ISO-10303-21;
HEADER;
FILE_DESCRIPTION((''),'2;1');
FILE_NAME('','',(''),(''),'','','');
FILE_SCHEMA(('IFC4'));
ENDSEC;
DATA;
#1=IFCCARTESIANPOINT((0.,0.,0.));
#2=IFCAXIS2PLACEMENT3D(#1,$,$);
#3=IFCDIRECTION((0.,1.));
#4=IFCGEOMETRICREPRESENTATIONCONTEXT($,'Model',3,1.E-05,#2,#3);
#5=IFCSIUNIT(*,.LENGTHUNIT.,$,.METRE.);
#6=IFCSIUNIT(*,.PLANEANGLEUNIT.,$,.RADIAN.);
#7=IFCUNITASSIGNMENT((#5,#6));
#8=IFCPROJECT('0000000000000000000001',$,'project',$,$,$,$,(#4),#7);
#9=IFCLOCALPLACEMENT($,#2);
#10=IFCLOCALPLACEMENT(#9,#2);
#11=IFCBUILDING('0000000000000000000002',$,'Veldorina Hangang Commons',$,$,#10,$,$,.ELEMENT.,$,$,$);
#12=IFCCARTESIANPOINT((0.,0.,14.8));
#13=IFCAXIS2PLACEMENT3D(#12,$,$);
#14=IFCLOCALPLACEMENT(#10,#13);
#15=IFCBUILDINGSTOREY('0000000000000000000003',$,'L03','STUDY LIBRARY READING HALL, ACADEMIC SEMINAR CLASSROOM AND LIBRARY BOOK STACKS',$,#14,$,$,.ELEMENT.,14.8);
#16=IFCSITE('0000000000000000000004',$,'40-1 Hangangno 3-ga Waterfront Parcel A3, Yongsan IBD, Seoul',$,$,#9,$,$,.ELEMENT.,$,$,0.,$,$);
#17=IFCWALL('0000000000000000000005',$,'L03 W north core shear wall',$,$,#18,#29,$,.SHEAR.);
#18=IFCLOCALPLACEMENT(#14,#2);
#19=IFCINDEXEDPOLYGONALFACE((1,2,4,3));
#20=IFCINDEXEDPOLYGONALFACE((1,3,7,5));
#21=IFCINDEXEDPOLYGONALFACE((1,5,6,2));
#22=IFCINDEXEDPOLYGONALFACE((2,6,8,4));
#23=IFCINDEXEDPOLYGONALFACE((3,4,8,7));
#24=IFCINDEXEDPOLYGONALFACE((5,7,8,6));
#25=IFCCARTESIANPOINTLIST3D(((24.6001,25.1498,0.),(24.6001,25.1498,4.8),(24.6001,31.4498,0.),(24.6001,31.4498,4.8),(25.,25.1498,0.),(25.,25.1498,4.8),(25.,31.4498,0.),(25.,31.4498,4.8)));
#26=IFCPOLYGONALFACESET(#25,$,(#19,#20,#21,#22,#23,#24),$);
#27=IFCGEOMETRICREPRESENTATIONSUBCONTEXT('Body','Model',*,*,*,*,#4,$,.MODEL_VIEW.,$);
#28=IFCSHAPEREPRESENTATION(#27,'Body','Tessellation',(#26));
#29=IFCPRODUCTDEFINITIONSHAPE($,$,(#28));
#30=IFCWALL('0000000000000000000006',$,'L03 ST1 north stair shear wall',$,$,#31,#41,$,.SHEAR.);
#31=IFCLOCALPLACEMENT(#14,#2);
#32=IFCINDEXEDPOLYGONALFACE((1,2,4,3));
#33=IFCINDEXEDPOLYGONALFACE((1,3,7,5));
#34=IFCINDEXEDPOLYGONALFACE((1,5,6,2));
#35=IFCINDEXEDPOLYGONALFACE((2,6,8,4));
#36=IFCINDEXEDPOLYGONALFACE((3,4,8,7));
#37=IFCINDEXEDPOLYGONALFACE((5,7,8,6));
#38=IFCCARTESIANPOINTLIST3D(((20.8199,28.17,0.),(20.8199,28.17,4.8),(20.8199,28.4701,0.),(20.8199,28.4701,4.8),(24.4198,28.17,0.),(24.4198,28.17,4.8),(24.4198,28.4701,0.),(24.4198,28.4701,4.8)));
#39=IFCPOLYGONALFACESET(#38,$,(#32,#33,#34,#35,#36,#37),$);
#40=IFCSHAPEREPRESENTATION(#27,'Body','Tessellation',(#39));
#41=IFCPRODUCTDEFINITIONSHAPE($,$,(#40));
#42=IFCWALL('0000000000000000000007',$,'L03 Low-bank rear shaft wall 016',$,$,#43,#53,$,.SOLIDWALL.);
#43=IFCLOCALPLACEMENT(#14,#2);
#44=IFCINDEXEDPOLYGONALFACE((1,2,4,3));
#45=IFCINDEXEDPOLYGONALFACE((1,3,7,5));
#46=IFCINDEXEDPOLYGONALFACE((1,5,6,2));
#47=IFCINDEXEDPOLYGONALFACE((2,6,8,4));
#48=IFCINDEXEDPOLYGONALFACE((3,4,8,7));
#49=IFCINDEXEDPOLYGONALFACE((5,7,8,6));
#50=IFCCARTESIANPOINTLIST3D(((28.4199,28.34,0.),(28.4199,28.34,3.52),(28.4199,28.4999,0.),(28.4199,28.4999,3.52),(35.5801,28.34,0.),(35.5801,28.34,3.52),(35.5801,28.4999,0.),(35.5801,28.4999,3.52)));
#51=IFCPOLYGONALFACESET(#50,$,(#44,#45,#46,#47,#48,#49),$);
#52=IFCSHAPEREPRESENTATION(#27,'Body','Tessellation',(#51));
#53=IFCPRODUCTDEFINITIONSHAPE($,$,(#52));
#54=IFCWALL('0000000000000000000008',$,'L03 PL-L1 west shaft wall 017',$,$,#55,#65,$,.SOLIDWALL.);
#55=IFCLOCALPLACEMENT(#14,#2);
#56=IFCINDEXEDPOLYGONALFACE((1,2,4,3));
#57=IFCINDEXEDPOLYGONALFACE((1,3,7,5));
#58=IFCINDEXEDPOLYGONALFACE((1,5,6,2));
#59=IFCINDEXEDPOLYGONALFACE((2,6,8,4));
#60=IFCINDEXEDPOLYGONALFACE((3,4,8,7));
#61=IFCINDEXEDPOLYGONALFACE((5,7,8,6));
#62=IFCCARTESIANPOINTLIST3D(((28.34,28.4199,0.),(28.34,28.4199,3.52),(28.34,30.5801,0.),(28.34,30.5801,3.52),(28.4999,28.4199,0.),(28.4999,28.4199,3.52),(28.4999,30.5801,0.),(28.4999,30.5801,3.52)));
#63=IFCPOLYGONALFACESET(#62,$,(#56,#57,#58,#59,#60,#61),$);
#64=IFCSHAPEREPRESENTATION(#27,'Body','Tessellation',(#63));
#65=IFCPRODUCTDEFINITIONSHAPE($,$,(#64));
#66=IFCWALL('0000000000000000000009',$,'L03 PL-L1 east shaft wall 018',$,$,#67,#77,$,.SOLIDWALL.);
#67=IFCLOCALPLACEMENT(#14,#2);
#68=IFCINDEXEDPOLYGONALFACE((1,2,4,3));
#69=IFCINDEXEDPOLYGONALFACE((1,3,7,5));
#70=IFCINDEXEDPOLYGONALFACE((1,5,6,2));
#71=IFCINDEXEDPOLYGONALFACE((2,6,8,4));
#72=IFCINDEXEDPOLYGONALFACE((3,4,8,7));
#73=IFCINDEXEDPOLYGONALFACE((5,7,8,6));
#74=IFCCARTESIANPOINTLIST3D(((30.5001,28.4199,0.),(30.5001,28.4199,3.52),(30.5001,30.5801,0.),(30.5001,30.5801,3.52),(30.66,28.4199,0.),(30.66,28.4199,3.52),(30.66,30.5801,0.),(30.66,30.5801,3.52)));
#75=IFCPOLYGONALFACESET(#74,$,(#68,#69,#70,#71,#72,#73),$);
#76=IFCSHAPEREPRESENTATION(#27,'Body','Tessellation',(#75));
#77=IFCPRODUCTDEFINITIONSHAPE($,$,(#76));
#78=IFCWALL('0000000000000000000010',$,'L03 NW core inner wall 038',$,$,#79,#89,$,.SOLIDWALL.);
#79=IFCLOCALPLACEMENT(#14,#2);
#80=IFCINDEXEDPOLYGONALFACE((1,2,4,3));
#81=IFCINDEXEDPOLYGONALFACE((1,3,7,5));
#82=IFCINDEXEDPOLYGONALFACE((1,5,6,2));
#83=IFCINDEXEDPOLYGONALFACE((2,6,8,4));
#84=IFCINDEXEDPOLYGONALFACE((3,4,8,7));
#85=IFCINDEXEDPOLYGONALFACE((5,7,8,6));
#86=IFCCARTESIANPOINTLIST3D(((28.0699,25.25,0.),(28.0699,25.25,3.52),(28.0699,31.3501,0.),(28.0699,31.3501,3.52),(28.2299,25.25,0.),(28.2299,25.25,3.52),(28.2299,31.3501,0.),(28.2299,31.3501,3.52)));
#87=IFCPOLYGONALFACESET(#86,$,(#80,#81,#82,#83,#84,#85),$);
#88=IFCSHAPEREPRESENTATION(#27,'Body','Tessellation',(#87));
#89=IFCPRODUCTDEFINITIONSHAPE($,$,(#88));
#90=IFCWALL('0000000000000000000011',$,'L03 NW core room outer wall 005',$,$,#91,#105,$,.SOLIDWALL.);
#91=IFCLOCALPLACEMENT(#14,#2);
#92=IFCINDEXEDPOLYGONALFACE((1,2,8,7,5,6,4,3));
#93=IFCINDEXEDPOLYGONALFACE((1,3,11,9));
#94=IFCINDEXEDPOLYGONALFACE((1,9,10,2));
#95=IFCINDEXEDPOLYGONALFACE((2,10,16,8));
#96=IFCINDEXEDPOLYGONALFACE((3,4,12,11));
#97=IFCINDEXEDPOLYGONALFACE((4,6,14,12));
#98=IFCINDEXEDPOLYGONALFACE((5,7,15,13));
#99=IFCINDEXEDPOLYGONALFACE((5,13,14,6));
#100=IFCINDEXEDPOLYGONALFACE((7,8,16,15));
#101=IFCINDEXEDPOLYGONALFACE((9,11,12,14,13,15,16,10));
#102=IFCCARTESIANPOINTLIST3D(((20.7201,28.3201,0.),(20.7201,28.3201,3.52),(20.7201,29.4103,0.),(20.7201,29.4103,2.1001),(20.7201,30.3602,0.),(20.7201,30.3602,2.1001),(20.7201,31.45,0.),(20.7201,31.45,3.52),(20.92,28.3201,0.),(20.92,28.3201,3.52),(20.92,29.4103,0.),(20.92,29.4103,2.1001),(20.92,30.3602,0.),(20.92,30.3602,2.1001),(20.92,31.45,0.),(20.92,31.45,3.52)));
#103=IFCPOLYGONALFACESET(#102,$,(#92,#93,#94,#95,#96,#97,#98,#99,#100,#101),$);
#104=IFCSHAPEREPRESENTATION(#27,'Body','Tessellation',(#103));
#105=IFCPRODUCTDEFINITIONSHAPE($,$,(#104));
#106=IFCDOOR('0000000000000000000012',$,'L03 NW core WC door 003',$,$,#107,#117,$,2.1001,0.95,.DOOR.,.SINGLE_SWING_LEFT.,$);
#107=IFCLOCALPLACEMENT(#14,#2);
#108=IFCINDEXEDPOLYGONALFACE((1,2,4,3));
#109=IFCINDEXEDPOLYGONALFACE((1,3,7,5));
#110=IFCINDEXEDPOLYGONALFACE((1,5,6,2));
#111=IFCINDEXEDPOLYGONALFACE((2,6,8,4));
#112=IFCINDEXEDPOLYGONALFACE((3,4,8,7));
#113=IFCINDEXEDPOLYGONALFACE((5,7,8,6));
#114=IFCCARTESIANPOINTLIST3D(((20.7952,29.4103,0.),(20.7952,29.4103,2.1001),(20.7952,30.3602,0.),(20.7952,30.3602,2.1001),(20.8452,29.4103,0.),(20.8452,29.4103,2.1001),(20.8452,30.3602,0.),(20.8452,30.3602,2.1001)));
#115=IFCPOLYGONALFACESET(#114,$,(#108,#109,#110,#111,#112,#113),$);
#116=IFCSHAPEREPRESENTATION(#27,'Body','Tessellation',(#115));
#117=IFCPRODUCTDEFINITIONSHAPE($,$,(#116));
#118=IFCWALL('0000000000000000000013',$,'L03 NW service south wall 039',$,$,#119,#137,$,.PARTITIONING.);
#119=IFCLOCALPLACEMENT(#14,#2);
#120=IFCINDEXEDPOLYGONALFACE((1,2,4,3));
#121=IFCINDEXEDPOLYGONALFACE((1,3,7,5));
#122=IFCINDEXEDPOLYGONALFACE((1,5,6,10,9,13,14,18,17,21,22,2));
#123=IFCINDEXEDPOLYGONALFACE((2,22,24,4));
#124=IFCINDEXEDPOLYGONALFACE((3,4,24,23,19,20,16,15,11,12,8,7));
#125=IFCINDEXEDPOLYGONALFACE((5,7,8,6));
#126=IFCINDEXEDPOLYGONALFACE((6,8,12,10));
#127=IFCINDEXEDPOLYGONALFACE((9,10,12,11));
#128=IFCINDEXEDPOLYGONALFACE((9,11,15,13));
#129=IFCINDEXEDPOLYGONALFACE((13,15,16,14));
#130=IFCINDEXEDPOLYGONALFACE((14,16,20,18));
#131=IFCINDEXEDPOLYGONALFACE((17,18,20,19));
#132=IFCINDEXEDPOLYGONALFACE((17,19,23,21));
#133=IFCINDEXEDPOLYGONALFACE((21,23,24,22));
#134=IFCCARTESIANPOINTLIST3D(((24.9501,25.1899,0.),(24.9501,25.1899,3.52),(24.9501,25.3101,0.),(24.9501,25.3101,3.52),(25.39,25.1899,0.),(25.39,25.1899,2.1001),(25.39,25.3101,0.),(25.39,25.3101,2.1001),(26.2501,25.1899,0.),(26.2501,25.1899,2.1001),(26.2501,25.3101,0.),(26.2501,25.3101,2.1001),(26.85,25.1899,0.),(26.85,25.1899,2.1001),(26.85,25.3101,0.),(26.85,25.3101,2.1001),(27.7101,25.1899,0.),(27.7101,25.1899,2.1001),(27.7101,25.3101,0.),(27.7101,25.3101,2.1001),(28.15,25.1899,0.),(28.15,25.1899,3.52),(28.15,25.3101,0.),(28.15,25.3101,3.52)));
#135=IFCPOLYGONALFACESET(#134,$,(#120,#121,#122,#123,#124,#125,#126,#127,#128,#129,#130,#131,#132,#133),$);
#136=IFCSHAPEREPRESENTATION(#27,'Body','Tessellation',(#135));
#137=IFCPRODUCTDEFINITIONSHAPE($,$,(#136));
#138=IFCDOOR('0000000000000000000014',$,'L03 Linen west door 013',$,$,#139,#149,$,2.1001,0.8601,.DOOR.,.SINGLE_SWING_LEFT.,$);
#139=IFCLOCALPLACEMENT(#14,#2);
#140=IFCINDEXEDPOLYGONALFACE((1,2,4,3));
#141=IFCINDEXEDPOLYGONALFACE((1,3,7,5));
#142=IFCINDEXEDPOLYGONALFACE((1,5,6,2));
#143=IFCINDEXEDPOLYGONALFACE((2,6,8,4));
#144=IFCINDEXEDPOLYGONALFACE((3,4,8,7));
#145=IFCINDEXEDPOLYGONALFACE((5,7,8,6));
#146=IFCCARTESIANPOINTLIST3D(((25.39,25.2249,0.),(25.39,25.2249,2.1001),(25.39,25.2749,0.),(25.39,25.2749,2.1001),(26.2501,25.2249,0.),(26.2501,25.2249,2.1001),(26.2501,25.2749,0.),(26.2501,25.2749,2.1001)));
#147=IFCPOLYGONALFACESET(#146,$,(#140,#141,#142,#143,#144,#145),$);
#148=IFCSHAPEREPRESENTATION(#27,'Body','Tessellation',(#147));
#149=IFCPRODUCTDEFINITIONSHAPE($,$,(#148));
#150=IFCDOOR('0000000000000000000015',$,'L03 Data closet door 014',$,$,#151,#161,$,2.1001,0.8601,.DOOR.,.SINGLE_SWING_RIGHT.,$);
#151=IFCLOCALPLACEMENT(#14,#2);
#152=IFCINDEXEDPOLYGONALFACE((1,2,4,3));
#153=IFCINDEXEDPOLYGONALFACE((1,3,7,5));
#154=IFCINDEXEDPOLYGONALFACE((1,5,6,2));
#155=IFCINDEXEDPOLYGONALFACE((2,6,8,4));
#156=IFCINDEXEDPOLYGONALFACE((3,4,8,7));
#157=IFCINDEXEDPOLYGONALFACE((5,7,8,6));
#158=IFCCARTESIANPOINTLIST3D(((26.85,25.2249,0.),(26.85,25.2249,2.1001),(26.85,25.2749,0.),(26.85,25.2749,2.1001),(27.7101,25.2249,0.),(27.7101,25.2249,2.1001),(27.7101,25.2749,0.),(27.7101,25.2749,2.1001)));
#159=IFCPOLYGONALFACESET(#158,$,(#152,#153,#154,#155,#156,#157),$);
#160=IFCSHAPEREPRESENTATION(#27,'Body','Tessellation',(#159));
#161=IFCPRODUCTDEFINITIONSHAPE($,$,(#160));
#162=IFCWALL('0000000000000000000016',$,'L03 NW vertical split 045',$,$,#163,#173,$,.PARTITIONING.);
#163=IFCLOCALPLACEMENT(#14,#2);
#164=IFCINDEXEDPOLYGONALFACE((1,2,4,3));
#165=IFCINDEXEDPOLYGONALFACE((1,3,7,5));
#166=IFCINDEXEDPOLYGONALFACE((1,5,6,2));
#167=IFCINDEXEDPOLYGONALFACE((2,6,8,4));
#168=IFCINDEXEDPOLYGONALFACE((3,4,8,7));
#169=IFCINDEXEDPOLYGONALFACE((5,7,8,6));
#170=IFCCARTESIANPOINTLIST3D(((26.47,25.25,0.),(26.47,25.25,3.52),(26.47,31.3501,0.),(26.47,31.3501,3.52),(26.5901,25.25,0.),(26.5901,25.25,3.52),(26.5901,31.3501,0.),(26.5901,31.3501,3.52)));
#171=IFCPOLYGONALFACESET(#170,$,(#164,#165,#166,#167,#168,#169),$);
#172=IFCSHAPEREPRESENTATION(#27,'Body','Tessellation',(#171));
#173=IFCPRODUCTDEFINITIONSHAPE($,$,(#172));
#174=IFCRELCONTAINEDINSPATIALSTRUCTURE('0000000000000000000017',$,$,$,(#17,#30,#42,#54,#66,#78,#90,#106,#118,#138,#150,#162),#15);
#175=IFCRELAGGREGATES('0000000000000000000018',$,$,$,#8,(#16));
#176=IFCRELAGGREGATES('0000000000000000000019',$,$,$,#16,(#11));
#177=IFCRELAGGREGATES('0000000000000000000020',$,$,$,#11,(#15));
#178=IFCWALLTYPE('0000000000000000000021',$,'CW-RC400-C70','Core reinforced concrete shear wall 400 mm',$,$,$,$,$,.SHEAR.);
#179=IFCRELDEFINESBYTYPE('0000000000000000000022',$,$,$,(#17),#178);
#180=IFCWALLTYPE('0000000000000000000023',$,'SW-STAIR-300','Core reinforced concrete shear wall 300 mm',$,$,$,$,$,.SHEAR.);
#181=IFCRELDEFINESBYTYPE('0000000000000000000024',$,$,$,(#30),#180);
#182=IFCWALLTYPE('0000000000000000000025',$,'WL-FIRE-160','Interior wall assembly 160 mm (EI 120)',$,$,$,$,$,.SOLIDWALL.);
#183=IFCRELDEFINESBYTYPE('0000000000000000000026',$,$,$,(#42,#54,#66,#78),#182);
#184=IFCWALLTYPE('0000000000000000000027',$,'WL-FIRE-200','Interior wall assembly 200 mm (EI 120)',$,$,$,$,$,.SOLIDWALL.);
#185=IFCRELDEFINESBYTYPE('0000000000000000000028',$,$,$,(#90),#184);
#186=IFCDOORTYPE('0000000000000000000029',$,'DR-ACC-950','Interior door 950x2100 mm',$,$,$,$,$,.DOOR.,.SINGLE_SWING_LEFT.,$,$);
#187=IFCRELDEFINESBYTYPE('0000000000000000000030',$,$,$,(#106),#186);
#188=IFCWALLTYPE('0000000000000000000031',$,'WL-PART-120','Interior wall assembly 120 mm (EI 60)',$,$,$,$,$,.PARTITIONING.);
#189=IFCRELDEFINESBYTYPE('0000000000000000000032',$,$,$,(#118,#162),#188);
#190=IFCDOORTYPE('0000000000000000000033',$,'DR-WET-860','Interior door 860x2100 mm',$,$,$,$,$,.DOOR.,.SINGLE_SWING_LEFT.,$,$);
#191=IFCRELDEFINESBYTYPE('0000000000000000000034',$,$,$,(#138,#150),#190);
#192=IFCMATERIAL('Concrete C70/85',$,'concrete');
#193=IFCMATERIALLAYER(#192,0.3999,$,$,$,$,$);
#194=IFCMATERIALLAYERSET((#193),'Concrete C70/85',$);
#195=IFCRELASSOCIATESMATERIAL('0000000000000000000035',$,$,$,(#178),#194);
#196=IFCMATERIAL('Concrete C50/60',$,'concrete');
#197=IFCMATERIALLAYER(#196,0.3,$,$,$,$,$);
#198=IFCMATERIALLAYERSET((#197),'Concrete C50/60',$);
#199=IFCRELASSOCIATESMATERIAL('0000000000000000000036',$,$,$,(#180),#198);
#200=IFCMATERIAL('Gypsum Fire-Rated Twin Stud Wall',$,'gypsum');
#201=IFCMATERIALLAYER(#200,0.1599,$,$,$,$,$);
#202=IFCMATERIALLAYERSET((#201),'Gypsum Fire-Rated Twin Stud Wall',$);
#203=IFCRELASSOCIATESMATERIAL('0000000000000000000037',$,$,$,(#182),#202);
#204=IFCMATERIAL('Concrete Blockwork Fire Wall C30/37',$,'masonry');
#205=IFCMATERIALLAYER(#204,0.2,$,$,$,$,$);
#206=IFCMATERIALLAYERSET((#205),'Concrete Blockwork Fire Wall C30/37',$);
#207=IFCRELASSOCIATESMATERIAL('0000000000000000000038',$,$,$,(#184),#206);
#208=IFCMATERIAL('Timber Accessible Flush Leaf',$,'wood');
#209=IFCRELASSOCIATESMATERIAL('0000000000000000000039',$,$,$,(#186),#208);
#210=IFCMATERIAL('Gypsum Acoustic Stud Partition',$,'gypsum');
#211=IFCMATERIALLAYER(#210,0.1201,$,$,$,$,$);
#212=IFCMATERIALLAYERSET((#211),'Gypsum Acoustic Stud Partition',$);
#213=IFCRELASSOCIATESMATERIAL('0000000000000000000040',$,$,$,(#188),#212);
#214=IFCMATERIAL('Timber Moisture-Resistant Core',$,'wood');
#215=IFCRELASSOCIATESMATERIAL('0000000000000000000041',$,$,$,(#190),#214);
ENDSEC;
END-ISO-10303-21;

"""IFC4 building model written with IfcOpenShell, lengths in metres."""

from ifc_helpers import new_model, si_unit, direction, frame, frame_2d, origin, place, context, subcontext, project, spatial, rectangle, extrude, material, layer, layer_set, type_object, element, fill, save


model = new_model("IFC4")

# Units and contexts
model_context = context("Model", 3, precision=1e-05, world=origin(), true_north=direction((0.0, 1.0)))
body_context = subcontext(model_context, "Body", "Model", "MODEL_VIEW")
ifc_project = project(units=[si_unit("LENGTHUNIT", "METRE"), si_unit("PLANEANGLEUNIT", "RADIAN")], contexts=[model_context])

# Site, building, storey
site_placement = place(None, origin())
site = spatial("IfcSite", under=ifc_project, at=site_placement, Name="40-1 Hangangno 3-ga Waterfront Parcel A3, Yongsan IBD, Seoul", CompositionType="ELEMENT", RefElevation=0.0)
building_placement = place(site_placement, origin())
building = spatial("IfcBuilding", under=site, at=building_placement, Name="Veldorina Hangang Commons", CompositionType="ELEMENT")
storey_placement = place(building_placement, frame((0.0, 0.0, 14.8)))
storey = spatial("IfcBuildingStorey", under=building, at=storey_placement, Name="L03", Description="STUDY LIBRARY READING HALL, ACADEMIC SEMINAR CLASSROOM AND LIBRARY BOOK STACKS", CompositionType="ELEMENT", Elevation=14.8)

# Walls
ifc_material_1 = material(Name="Concrete C70/85", Category="concrete")
ifc_layer_1 = layer(ifc_material_1, 0.3999)
ifc_layer_set_1 = layer_set([ifc_layer_1], Name="Concrete C70/85")
wall_type_1 = type_object("IfcWallType", Name="CW-RC400-C70", Description="Core reinforced concrete shear wall 400 mm", PredefinedType="SHEAR", material=ifc_layer_set_1)
wall_1_placement = place(storey_placement, frame((24.8, 25.1499, 0.0), z_axis=(0.0, 0.0, 1.0), x_axis=(0.0, 1.0, 0.0)))
element("IfcWall", 1, at=wall_1_placement, inside=storey, type_object=wall_type_1, Name="L03 W north core shear wall", PredefinedType="SHEAR", context=body_context, shape_type="SweptSolid", body=[
    extrude(rectangle(XDim=6.3, YDim=0.3999, at=frame_2d((3.1499, 0.0))), origin(), (0.0, 0.0, 1.0), 4.8),
])
ifc_material_2 = material(Name="Concrete C50/60", Category="concrete")
ifc_layer_2 = layer(ifc_material_2, 0.3)
ifc_layer_set_2 = layer_set([ifc_layer_2], Name="Concrete C50/60")
wall_type_2 = type_object("IfcWallType", Name="SW-STAIR-300", Description="Core reinforced concrete shear wall 300 mm", PredefinedType="SHEAR", material=ifc_layer_set_2)
wall_2_placement = place(storey_placement, frame((20.8201, 28.3201, 0.0), z_axis=(0.0, 0.0, 1.0), x_axis=(1.0, 0.0, 0.0)))
element("IfcWall", 2, at=wall_2_placement, inside=storey, type_object=wall_type_2, Name="L03 ST1 north stair shear wall", PredefinedType="SHEAR", context=body_context, shape_type="SweptSolid", body=[
    extrude(rectangle(XDim=3.5999, YDim=0.3, at=frame_2d((1.7998, 0.0))), origin(), (0.0, 0.0, 1.0), 4.8),
])

# Shared definitions
ifc_material_3 = material(Name="Gypsum Fire-Rated Twin Stud Wall", Category="gypsum")
ifc_layer_3 = layer(ifc_material_3, 0.1599)
ifc_layer_set_3 = layer_set([ifc_layer_3], Name="Gypsum Fire-Rated Twin Stud Wall")
wall_type_3 = type_object("IfcWallType", Name="WL-FIRE-160", Description="Interior wall assembly 160 mm (EI 120)", PredefinedType="SOLIDWALL", material=ifc_layer_set_3)

# Walls
wall_3_placement = place(storey_placement, frame((28.4199, 28.4199, 0.0), z_axis=(0.0, 0.0, 1.0), x_axis=(1.0, 0.0, 0.0)))
element("IfcWall", 3, at=wall_3_placement, inside=storey, type_object=wall_type_3, Name="L03 Low-bank rear shaft wall 016", PredefinedType="SOLIDWALL", context=body_context, shape_type="SweptSolid", body=[
    extrude(rectangle(XDim=7.1602, YDim=0.1599, at=frame_2d((3.5801, 0.0))), origin(), (0.0, 0.0, 1.0), 3.52),
])
for number, where, z_axis, x_axis, name in (
    (4, (28.4199, 28.4199, 0.0), (0.0, 0.0, 1.0), (0.0, 1.0, 0.0), "L03 PL-L1 west shaft wall 017"),
    (5, (30.5801, 28.4199, 0.0), (0.0, 0.0, 1.0), (0.0, 1.0, 0.0), "L03 PL-L1 east shaft wall 018"),
):
    element("IfcWall", number, at=place(storey_placement, frame(where, z_axis=z_axis, x_axis=x_axis)), inside=storey, type_object=wall_type_3, Name=name, PredefinedType="SOLIDWALL", context=body_context, shape_type="SweptSolid", body=[
        extrude(rectangle(XDim=2.1602, YDim=0.1599, at=frame_2d((1.0801, 0.0))), origin(), (0.0, 0.0, 1.0), 3.52),
    ])
wall_4_placement = place(storey_placement, frame((28.1499, 25.25, 0.0), z_axis=(0.0, 0.0, 1.0), x_axis=(0.0, 1.0, 0.0)))
element("IfcWall", 6, at=wall_4_placement, inside=storey, type_object=wall_type_3, Name="L03 NW core inner wall 038", PredefinedType="SOLIDWALL", context=body_context, shape_type="SweptSolid", body=[
    extrude(rectangle(XDim=6.1001, YDim=0.1599, at=frame_2d((3.05, 0.0))), origin(), (0.0, 0.0, 1.0), 3.52),
])

# Wall, opening, door
ifc_material_4 = material(Name="Concrete Blockwork Fire Wall C30/37", Category="masonry")
ifc_layer_4 = layer(ifc_material_4, 0.2)
ifc_layer_set_4 = layer_set([ifc_layer_4], Name="Concrete Blockwork Fire Wall C30/37")
wall_type_4 = type_object("IfcWallType", Name="WL-FIRE-200", Description="Interior wall assembly 200 mm (EI 120)", PredefinedType="SOLIDWALL", material=ifc_layer_set_4)
wall_5_placement = place(storey_placement, frame((20.8201, 28.3201, 0.0), z_axis=(0.0, 0.0, 1.0), x_axis=(0.0, 1.0, 0.0)))
wall_5 = element("IfcWall", 7, at=wall_5_placement, inside=storey, type_object=wall_type_4, Name="L03 NW core room outer wall 005", PredefinedType="SOLIDWALL", context=body_context, shape_type="SweptSolid", body=[
    extrude(rectangle(XDim=3.1299, YDim=0.2, at=frame_2d((1.5649, 0.0))), origin(), (0.0, 0.0, 1.0), 3.52),
])
opening_1_placement = place(wall_5_placement, frame((1.0901, 0.0, 0.0)))
opening_1 = element("IfcOpeningElement", 8, at=opening_1_placement, cuts=wall_5, PredefinedType="OPENING", context=body_context, shape_type="SweptSolid", body=[
    extrude(rectangle(XDim=0.95, YDim=2.1001, at=frame_2d((0.4751, 1.05))), frame((0.0, 0.1099, 0.0), z_axis=(0.0, -1.0, 0.0), x_axis=(1.0, 0.0, 0.0)), (0.0, 0.0, 1.0), 0.22),
])
ifc_material_5 = material(Name="Timber Accessible Flush Leaf", Category="wood")
door_type_1 = type_object("IfcDoorType", Name="DR-ACC-950", Description="Interior door 950x2100 mm", OperationType="SINGLE_SWING_LEFT", PredefinedType="DOOR", material=ifc_material_5)
door_1_placement = place(opening_1_placement, origin())
door_1 = element("IfcDoor", 9, at=door_1_placement, inside=storey, type_object=door_type_1, Name="L03 NW core WC door 003", OperationType="SINGLE_SWING_LEFT", OverallHeight=2.1001, OverallWidth=0.95, PredefinedType="DOOR", context=body_context, shape_type="SweptSolid", body=[
    extrude(rectangle(XDim=0.95, YDim=2.1001, at=frame_2d((0.4751, 1.05))), frame((0.0, 0.0249, 0.0), z_axis=(0.0, -1.0, 0.0), x_axis=(1.0, 0.0, 0.0)), (0.0, 0.0, 1.0), 0.05),
])
fill(opening_1, door_1)

# Wall, openings, doors
ifc_material_6 = material(Name="Gypsum Acoustic Stud Partition", Category="gypsum")
ifc_layer_5 = layer(ifc_material_6, 0.1201)
ifc_layer_set_5 = layer_set([ifc_layer_5], Name="Gypsum Acoustic Stud Partition")
wall_type_5 = type_object("IfcWallType", Name="WL-PART-120", Description="Interior wall assembly 120 mm (EI 60)", PredefinedType="PARTITIONING", material=ifc_layer_set_5)
wall_6_placement = place(storey_placement, frame((24.95, 25.25, 0.0), z_axis=(0.0, 0.0, 1.0), x_axis=(1.0, 0.0, 0.0)))
wall_6 = element("IfcWall", 10, at=wall_6_placement, inside=storey, type_object=wall_type_5, Name="L03 NW service south wall 039", PredefinedType="PARTITIONING", context=body_context, shape_type="SweptSolid", body=[
    extrude(rectangle(XDim=3.2, YDim=0.1201, at=frame_2d((1.6001, 0.0))), origin(), (0.0, 0.0, 1.0), 3.52),
])
opening_2_placement = place(wall_6_placement, frame((0.4399, 0.0, 0.0)))
opening_2 = element("IfcOpeningElement", 11, at=opening_2_placement, cuts=wall_6, PredefinedType="OPENING", context=body_context, shape_type="SweptSolid", body=[
    extrude(rectangle(XDim=0.8601, YDim=2.1001, at=frame_2d((0.4302, 1.05))), frame((0.0, 0.0701, 0.0), z_axis=(0.0, -1.0, 0.0), x_axis=(1.0, 0.0, 0.0)), (0.0, 0.0, 1.0), 0.1401),
])
opening_3_placement = place(wall_6_placement, frame((1.8999, 0.0, 0.0)))
opening_3 = element("IfcOpeningElement", 12, at=opening_3_placement, cuts=wall_6, PredefinedType="OPENING", context=body_context, shape_type="SweptSolid", body=[
    extrude(rectangle(XDim=0.8601, YDim=2.1001, at=frame_2d((0.4302, 1.05))), frame((0.0, 0.0701, 0.0), z_axis=(0.0, -1.0, 0.0), x_axis=(1.0, 0.0, 0.0)), (0.0, 0.0, 1.0), 0.1401),
])
ifc_material_7 = material(Name="Timber Moisture-Resistant Core", Category="wood")
door_type_2 = type_object("IfcDoorType", Name="DR-WET-860", Description="Interior door 860x2100 mm", OperationType="SINGLE_SWING_LEFT", PredefinedType="DOOR", material=ifc_material_7)
door_2_placement = place(opening_2_placement, origin())
door_2 = element("IfcDoor", 13, at=door_2_placement, inside=storey, type_object=door_type_2, Name="L03 Linen west door 013", OperationType="SINGLE_SWING_LEFT", OverallHeight=2.1001, OverallWidth=0.8601, PredefinedType="DOOR", context=body_context, shape_type="SweptSolid", body=[
    extrude(rectangle(XDim=0.8601, YDim=2.1001, at=frame_2d((0.4302, 1.05))), frame((0.0, 0.0249, 0.0), z_axis=(0.0, -1.0, 0.0), x_axis=(1.0, 0.0, 0.0)), (0.0, 0.0, 1.0), 0.05),
])
fill(opening_2, door_2)
door_3_placement = place(opening_3_placement, origin())
door_3 = element("IfcDoor", 14, at=door_3_placement, inside=storey, type_object=door_type_2, Name="L03 Data closet door 014", OperationType="SINGLE_SWING_RIGHT", OverallHeight=2.1001, OverallWidth=0.8601, PredefinedType="DOOR", context=body_context, shape_type="SweptSolid", body=[
    extrude(rectangle(XDim=0.8601, YDim=2.1001, at=frame_2d((0.4302, 1.05))), frame((0.0, 0.0249, 0.0), z_axis=(0.0, -1.0, 0.0), x_axis=(1.0, 0.0, 0.0)), (0.0, 0.0, 1.0), 0.05),
])
fill(opening_3, door_3)

# Wall
wall_7_placement = place(storey_placement, frame((26.53, 25.25, 0.0), z_axis=(0.0, 0.0, 1.0), x_axis=(0.0, 1.0, 0.0)))
element("IfcWall", 15, at=wall_7_placement, inside=storey, type_object=wall_type_5, Name="L03 NW vertical split 045", PredefinedType="PARTITIONING", context=body_context, shape_type="SweptSolid", body=[
    extrude(rectangle(XDim=6.1001, YDim=0.1201, at=frame_2d((3.05, 0.0))), origin(), (0.0, 0.0, 1.0), 3.52),
])

save(model, "model.ifc")
